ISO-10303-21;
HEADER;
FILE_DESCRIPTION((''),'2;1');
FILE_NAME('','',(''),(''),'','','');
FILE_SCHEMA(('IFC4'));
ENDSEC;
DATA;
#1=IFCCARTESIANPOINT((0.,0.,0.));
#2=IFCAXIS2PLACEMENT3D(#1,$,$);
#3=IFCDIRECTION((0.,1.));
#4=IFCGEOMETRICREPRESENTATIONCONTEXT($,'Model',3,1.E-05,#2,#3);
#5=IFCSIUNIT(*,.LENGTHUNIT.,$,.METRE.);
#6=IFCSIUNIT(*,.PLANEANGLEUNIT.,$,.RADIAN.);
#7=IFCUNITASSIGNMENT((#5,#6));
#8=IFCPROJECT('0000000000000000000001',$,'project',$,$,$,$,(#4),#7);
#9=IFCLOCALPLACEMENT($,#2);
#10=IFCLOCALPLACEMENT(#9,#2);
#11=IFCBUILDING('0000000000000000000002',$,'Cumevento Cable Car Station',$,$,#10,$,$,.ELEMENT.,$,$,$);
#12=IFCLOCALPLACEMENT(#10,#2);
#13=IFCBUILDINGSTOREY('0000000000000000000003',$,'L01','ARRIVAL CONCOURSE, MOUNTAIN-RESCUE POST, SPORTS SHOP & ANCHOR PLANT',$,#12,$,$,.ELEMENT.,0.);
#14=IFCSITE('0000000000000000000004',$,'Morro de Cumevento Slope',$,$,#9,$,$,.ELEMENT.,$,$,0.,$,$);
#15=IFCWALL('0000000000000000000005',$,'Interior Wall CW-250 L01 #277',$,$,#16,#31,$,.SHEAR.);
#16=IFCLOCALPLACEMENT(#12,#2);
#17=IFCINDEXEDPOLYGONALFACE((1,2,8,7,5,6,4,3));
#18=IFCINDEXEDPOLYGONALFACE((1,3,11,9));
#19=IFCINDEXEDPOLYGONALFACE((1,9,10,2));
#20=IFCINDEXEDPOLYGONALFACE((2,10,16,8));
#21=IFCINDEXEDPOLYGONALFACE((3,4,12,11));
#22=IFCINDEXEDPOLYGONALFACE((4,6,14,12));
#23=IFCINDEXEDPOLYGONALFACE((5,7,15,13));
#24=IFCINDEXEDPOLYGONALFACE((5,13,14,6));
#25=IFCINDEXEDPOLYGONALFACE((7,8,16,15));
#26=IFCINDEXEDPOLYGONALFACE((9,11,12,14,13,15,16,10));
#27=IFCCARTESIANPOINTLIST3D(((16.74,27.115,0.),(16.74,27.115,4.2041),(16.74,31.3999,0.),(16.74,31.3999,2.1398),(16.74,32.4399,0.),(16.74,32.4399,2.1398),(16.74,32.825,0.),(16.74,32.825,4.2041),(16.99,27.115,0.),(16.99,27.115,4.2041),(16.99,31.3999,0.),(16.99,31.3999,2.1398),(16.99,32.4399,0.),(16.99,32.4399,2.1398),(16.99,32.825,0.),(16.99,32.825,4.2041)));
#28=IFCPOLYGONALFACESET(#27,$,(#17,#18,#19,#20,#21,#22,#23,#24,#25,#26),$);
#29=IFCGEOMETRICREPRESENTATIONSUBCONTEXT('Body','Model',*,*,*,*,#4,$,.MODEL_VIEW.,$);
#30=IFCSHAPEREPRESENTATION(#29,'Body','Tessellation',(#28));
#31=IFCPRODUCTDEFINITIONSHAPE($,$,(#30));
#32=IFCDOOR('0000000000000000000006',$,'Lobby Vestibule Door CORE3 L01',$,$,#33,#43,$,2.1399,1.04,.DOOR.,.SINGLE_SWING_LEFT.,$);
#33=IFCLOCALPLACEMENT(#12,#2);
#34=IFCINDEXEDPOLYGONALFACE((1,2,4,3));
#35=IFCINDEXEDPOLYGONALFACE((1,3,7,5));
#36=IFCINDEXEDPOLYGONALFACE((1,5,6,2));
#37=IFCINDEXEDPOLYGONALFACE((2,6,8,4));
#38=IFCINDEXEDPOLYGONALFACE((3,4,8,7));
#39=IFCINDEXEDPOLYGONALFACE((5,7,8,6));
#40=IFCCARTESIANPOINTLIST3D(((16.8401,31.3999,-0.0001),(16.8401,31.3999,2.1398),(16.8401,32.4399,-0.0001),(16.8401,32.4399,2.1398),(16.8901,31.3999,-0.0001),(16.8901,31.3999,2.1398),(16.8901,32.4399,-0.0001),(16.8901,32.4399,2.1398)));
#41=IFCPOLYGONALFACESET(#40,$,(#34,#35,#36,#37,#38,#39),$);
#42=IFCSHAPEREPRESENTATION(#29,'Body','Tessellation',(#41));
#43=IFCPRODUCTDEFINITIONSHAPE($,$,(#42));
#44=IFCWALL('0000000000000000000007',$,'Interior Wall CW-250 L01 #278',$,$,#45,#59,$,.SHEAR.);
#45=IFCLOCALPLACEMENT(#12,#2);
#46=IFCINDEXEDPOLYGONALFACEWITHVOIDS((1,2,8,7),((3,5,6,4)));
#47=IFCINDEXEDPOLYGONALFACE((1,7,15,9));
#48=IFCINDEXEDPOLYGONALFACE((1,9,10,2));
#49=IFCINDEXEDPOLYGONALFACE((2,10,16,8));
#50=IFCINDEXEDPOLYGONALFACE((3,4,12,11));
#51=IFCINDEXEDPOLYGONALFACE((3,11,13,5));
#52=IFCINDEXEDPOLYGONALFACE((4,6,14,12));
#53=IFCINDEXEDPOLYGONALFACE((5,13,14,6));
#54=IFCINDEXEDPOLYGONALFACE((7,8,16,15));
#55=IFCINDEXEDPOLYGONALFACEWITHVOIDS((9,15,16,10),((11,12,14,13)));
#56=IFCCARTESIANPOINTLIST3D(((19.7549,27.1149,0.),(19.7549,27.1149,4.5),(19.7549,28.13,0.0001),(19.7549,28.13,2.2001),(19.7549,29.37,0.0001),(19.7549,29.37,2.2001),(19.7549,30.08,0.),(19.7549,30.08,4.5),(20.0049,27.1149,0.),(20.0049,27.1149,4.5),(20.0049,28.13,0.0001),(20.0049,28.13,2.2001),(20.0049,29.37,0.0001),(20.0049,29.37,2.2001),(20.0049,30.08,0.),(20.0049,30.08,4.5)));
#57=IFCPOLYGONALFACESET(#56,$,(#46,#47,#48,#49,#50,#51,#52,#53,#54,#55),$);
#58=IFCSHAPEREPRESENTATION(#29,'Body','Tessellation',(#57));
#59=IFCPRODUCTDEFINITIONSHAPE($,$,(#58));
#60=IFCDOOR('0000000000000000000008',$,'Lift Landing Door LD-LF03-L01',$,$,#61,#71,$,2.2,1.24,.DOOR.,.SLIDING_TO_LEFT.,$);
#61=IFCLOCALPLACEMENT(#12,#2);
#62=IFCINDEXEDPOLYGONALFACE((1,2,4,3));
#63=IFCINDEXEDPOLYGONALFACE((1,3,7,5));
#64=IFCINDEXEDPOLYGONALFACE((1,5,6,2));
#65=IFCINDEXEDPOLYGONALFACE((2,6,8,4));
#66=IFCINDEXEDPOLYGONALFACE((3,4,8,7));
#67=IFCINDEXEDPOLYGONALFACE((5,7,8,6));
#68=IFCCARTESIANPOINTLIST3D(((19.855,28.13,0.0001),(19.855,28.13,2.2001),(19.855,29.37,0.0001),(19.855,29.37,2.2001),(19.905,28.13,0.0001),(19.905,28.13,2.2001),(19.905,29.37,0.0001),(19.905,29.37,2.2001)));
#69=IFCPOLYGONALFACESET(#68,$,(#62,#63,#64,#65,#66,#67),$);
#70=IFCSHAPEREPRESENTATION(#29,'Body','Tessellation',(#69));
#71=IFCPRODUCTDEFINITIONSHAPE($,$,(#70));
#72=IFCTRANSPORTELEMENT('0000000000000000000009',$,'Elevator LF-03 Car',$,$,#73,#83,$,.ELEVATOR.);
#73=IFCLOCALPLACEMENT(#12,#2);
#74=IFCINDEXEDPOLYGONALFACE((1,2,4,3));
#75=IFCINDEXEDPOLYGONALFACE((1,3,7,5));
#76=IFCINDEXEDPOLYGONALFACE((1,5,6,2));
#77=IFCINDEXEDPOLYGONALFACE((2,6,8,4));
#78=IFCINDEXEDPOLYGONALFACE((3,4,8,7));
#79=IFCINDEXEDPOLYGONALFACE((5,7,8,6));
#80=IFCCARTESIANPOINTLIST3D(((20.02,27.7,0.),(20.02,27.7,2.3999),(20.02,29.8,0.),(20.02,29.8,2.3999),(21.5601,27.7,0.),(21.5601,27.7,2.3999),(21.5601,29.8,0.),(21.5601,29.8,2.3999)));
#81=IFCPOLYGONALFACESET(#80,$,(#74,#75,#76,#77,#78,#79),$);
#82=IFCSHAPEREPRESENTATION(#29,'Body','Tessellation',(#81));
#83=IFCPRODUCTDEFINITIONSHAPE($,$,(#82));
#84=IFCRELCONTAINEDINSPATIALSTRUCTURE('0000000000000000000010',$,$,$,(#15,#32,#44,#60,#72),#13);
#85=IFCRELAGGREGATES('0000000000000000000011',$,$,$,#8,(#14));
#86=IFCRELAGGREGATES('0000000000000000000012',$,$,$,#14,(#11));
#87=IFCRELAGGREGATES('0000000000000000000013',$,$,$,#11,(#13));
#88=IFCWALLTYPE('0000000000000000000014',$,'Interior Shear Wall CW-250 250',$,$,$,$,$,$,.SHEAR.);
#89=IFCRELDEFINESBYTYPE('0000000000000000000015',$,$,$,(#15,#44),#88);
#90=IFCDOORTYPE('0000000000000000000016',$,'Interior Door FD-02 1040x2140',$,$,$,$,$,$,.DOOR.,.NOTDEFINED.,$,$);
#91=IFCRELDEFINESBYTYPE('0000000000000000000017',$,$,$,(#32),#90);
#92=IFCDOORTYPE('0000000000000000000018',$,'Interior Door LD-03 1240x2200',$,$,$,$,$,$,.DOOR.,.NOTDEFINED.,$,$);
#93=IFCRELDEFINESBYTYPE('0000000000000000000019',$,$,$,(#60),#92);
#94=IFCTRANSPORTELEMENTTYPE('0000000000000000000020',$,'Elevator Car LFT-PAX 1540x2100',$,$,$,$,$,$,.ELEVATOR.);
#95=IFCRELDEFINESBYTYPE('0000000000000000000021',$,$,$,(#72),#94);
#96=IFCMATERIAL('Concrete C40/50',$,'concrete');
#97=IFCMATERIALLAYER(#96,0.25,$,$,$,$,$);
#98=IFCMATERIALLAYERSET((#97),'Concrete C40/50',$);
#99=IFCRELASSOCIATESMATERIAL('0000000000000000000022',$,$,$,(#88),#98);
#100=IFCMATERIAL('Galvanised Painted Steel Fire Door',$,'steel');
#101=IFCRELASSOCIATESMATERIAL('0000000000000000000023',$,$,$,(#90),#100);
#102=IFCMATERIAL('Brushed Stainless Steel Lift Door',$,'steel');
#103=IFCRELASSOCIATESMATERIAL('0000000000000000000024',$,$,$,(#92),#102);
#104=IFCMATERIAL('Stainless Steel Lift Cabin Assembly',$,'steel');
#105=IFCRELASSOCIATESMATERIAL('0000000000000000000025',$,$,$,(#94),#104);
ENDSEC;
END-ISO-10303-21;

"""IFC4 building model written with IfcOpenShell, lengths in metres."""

from ifc_helpers import new_model, si_unit, direction, frame, frame_2d, origin, origin_2d, place, context, subcontext, project, spatial, rectangle, extrude, material, layer, layer_set, type_object, element, fill, save


model = new_model("IFC4")

# Units and contexts
model_context = context("Model", 3, precision=1e-05, world=origin(), true_north=direction((0.0, 1.0)))
body_context = subcontext(model_context, "Body", "Model", "MODEL_VIEW")
ifc_project = project(units=[si_unit("LENGTHUNIT", "METRE"), si_unit("PLANEANGLEUNIT", "RADIAN")], contexts=[model_context])

# Site, building, storey
site_placement = place(None, origin())
site = spatial("IfcSite", under=ifc_project, at=site_placement, Name="Morro de Cumevento Slope", CompositionType="ELEMENT", RefElevation=0.0)
building_placement = place(site_placement, origin())
building = spatial("IfcBuilding", under=site, at=building_placement, Name="Cumevento Cable Car Station", CompositionType="ELEMENT")
storey_placement = place(building_placement, origin())
storey = spatial("IfcBuildingStorey", under=building, at=storey_placement, Name="L01", Description="ARRIVAL CONCOURSE, MOUNTAIN-RESCUE POST, SPORTS SHOP & ANCHOR PLANT", CompositionType="ELEMENT", Elevation=0.0)

# Walls, openings, doors
ifc_material_1 = material(Name="Concrete C40/50", Category="concrete")
ifc_layer_1 = layer(ifc_material_1, 0.25)
ifc_layer_set_1 = layer_set([ifc_layer_1], Name="Concrete C40/50")
wall_type_1 = type_object("IfcWallType", Name="Interior Shear Wall CW-250 250", PredefinedType="SHEAR", material=ifc_layer_set_1)
wall_1_placement = place(storey_placement, frame((16.865, 27.115, 0.0), z_axis=(0.0, 0.0, 1.0), x_axis=(0.0, 1.0, 0.0)))
wall_1 = element("IfcWall", 1, at=wall_1_placement, inside=storey, type_object=wall_type_1, Name="Interior Wall CW-250 L01 #277", PredefinedType="SHEAR", context=body_context, shape_type="SweptSolid", body=[
    extrude(rectangle(XDim=5.71, YDim=0.25, at=frame_2d((2.855, 0.0))), origin(), (0.0, 0.0, 1.0), 4.2041),
])
opening_1_placement = place(wall_1_placement, frame((4.2849, 0.0, 0.0)))
opening_1 = element("IfcOpeningElement", 2, at=opening_1_placement, cuts=wall_1, PredefinedType="OPENING", context=body_context, shape_type="SweptSolid", body=[
    extrude(rectangle(XDim=1.04, YDim=2.1399, at=frame_2d((0.52, 1.0698))), frame((0.0, 0.135, 0.0), z_axis=(0.0, -1.0, 0.0), x_axis=(1.0, 0.0, 0.0)), (0.0, 0.0, 1.0), 0.27),
])
ifc_material_2 = material(Name="Galvanised Painted Steel Fire Door", Category="steel")
door_type_1 = type_object("IfcDoorType", Name="Interior Door FD-02 1040x2140", OperationType="NOTDEFINED", PredefinedType="DOOR", material=ifc_material_2)
door_1_placement = place(opening_1_placement, origin())
door_1 = element("IfcDoor", 3, at=door_1_placement, inside=storey, type_object=door_type_1, Name="Lobby Vestibule Door CORE3 L01", OperationType="SINGLE_SWING_LEFT", OverallHeight=2.1399, OverallWidth=1.04, PredefinedType="DOOR", context=body_context, shape_type="SweptSolid", body=[
    extrude(rectangle(XDim=1.04, YDim=2.1399, at=frame_2d((0.52, 1.0698))), frame((0.0, 0.0249, 0.0), z_axis=(0.0, -1.0, 0.0), x_axis=(1.0, 0.0, 0.0)), (0.0, 0.0, 1.0), 0.05),
])
fill(opening_1, door_1)
wall_2_placement = place(storey_placement, frame((19.8799, 27.115, 0.0), z_axis=(0.0, 0.0, 1.0), x_axis=(0.0, 1.0, 0.0)))
wall_2 = element("IfcWall", 4, at=wall_2_placement, inside=storey, type_object=wall_type_1, Name="Interior Wall CW-250 L01 #278", PredefinedType="SHEAR", context=body_context, shape_type="SweptSolid", body=[
    extrude(rectangle(XDim=2.9651, YDim=0.25, at=frame_2d((1.4824, 0.0))), origin(), (0.0, 0.0, 1.0), 4.5),
])
opening_2_placement = place(wall_2_placement, frame((1.0149, 0.0, 0.0)))
opening_2 = element("IfcOpeningElement", 5, at=opening_2_placement, cuts=wall_2, PredefinedType="OPENING", context=body_context, shape_type="SweptSolid", body=[
    extrude(rectangle(XDim=1.24, YDim=2.2, at=frame_2d((0.6201, 1.1001))), frame((0.0, 0.135, 0.0), z_axis=(0.0, -1.0, 0.0), x_axis=(1.0, 0.0, 0.0)), (0.0, 0.0, 1.0), 0.27),
])
ifc_material_3 = material(Name="Brushed Stainless Steel Lift Door", Category="steel")
door_type_2 = type_object("IfcDoorType", Name="Interior Door LD-03 1240x2200", OperationType="NOTDEFINED", PredefinedType="DOOR", material=ifc_material_3)
door_2_placement = place(opening_2_placement, origin())
door_2 = element("IfcDoor", 6, at=door_2_placement, inside=storey, type_object=door_type_2, Name="Lift Landing Door LD-LF03-L01", OperationType="SLIDING_TO_LEFT", OverallHeight=2.2, OverallWidth=1.24, PredefinedType="DOOR", context=body_context, shape_type="SweptSolid", body=[
    extrude(rectangle(XDim=1.24, YDim=2.2, at=frame_2d((0.6201, 1.1001))), frame((0.0, 0.0249, 0.0), z_axis=(0.0, -1.0, 0.0), x_axis=(1.0, 0.0, 0.0)), (0.0, 0.0, 1.0), 0.05),
])
fill(opening_2, door_2)

# Transport element
ifc_material_4 = material(Name="Stainless Steel Lift Cabin Assembly", Category="steel")
transport_element_type = type_object("IfcTransportElementType", Name="Elevator Car LFT-PAX 1540x2100", PredefinedType="ELEVATOR", material=ifc_material_4)
transport_element_placement = place(storey_placement, frame((20.79, 28.75, 0.0), z_axis=(0.0, 0.0, 1.0), x_axis=(1.0, 0.0, 0.0)))
element("IfcTransportElement", 7, at=transport_element_placement, inside=storey, type_object=transport_element_type, Name="Elevator LF-03 Car", PredefinedType="ELEVATOR", context=body_context, shape_type="SweptSolid", body=[
    extrude(rectangle(XDim=1.54, YDim=2.1001, at=origin_2d()), origin(), (0.0, 0.0, 1.0), 2.3999),
])

save(model, "model.ifc")
